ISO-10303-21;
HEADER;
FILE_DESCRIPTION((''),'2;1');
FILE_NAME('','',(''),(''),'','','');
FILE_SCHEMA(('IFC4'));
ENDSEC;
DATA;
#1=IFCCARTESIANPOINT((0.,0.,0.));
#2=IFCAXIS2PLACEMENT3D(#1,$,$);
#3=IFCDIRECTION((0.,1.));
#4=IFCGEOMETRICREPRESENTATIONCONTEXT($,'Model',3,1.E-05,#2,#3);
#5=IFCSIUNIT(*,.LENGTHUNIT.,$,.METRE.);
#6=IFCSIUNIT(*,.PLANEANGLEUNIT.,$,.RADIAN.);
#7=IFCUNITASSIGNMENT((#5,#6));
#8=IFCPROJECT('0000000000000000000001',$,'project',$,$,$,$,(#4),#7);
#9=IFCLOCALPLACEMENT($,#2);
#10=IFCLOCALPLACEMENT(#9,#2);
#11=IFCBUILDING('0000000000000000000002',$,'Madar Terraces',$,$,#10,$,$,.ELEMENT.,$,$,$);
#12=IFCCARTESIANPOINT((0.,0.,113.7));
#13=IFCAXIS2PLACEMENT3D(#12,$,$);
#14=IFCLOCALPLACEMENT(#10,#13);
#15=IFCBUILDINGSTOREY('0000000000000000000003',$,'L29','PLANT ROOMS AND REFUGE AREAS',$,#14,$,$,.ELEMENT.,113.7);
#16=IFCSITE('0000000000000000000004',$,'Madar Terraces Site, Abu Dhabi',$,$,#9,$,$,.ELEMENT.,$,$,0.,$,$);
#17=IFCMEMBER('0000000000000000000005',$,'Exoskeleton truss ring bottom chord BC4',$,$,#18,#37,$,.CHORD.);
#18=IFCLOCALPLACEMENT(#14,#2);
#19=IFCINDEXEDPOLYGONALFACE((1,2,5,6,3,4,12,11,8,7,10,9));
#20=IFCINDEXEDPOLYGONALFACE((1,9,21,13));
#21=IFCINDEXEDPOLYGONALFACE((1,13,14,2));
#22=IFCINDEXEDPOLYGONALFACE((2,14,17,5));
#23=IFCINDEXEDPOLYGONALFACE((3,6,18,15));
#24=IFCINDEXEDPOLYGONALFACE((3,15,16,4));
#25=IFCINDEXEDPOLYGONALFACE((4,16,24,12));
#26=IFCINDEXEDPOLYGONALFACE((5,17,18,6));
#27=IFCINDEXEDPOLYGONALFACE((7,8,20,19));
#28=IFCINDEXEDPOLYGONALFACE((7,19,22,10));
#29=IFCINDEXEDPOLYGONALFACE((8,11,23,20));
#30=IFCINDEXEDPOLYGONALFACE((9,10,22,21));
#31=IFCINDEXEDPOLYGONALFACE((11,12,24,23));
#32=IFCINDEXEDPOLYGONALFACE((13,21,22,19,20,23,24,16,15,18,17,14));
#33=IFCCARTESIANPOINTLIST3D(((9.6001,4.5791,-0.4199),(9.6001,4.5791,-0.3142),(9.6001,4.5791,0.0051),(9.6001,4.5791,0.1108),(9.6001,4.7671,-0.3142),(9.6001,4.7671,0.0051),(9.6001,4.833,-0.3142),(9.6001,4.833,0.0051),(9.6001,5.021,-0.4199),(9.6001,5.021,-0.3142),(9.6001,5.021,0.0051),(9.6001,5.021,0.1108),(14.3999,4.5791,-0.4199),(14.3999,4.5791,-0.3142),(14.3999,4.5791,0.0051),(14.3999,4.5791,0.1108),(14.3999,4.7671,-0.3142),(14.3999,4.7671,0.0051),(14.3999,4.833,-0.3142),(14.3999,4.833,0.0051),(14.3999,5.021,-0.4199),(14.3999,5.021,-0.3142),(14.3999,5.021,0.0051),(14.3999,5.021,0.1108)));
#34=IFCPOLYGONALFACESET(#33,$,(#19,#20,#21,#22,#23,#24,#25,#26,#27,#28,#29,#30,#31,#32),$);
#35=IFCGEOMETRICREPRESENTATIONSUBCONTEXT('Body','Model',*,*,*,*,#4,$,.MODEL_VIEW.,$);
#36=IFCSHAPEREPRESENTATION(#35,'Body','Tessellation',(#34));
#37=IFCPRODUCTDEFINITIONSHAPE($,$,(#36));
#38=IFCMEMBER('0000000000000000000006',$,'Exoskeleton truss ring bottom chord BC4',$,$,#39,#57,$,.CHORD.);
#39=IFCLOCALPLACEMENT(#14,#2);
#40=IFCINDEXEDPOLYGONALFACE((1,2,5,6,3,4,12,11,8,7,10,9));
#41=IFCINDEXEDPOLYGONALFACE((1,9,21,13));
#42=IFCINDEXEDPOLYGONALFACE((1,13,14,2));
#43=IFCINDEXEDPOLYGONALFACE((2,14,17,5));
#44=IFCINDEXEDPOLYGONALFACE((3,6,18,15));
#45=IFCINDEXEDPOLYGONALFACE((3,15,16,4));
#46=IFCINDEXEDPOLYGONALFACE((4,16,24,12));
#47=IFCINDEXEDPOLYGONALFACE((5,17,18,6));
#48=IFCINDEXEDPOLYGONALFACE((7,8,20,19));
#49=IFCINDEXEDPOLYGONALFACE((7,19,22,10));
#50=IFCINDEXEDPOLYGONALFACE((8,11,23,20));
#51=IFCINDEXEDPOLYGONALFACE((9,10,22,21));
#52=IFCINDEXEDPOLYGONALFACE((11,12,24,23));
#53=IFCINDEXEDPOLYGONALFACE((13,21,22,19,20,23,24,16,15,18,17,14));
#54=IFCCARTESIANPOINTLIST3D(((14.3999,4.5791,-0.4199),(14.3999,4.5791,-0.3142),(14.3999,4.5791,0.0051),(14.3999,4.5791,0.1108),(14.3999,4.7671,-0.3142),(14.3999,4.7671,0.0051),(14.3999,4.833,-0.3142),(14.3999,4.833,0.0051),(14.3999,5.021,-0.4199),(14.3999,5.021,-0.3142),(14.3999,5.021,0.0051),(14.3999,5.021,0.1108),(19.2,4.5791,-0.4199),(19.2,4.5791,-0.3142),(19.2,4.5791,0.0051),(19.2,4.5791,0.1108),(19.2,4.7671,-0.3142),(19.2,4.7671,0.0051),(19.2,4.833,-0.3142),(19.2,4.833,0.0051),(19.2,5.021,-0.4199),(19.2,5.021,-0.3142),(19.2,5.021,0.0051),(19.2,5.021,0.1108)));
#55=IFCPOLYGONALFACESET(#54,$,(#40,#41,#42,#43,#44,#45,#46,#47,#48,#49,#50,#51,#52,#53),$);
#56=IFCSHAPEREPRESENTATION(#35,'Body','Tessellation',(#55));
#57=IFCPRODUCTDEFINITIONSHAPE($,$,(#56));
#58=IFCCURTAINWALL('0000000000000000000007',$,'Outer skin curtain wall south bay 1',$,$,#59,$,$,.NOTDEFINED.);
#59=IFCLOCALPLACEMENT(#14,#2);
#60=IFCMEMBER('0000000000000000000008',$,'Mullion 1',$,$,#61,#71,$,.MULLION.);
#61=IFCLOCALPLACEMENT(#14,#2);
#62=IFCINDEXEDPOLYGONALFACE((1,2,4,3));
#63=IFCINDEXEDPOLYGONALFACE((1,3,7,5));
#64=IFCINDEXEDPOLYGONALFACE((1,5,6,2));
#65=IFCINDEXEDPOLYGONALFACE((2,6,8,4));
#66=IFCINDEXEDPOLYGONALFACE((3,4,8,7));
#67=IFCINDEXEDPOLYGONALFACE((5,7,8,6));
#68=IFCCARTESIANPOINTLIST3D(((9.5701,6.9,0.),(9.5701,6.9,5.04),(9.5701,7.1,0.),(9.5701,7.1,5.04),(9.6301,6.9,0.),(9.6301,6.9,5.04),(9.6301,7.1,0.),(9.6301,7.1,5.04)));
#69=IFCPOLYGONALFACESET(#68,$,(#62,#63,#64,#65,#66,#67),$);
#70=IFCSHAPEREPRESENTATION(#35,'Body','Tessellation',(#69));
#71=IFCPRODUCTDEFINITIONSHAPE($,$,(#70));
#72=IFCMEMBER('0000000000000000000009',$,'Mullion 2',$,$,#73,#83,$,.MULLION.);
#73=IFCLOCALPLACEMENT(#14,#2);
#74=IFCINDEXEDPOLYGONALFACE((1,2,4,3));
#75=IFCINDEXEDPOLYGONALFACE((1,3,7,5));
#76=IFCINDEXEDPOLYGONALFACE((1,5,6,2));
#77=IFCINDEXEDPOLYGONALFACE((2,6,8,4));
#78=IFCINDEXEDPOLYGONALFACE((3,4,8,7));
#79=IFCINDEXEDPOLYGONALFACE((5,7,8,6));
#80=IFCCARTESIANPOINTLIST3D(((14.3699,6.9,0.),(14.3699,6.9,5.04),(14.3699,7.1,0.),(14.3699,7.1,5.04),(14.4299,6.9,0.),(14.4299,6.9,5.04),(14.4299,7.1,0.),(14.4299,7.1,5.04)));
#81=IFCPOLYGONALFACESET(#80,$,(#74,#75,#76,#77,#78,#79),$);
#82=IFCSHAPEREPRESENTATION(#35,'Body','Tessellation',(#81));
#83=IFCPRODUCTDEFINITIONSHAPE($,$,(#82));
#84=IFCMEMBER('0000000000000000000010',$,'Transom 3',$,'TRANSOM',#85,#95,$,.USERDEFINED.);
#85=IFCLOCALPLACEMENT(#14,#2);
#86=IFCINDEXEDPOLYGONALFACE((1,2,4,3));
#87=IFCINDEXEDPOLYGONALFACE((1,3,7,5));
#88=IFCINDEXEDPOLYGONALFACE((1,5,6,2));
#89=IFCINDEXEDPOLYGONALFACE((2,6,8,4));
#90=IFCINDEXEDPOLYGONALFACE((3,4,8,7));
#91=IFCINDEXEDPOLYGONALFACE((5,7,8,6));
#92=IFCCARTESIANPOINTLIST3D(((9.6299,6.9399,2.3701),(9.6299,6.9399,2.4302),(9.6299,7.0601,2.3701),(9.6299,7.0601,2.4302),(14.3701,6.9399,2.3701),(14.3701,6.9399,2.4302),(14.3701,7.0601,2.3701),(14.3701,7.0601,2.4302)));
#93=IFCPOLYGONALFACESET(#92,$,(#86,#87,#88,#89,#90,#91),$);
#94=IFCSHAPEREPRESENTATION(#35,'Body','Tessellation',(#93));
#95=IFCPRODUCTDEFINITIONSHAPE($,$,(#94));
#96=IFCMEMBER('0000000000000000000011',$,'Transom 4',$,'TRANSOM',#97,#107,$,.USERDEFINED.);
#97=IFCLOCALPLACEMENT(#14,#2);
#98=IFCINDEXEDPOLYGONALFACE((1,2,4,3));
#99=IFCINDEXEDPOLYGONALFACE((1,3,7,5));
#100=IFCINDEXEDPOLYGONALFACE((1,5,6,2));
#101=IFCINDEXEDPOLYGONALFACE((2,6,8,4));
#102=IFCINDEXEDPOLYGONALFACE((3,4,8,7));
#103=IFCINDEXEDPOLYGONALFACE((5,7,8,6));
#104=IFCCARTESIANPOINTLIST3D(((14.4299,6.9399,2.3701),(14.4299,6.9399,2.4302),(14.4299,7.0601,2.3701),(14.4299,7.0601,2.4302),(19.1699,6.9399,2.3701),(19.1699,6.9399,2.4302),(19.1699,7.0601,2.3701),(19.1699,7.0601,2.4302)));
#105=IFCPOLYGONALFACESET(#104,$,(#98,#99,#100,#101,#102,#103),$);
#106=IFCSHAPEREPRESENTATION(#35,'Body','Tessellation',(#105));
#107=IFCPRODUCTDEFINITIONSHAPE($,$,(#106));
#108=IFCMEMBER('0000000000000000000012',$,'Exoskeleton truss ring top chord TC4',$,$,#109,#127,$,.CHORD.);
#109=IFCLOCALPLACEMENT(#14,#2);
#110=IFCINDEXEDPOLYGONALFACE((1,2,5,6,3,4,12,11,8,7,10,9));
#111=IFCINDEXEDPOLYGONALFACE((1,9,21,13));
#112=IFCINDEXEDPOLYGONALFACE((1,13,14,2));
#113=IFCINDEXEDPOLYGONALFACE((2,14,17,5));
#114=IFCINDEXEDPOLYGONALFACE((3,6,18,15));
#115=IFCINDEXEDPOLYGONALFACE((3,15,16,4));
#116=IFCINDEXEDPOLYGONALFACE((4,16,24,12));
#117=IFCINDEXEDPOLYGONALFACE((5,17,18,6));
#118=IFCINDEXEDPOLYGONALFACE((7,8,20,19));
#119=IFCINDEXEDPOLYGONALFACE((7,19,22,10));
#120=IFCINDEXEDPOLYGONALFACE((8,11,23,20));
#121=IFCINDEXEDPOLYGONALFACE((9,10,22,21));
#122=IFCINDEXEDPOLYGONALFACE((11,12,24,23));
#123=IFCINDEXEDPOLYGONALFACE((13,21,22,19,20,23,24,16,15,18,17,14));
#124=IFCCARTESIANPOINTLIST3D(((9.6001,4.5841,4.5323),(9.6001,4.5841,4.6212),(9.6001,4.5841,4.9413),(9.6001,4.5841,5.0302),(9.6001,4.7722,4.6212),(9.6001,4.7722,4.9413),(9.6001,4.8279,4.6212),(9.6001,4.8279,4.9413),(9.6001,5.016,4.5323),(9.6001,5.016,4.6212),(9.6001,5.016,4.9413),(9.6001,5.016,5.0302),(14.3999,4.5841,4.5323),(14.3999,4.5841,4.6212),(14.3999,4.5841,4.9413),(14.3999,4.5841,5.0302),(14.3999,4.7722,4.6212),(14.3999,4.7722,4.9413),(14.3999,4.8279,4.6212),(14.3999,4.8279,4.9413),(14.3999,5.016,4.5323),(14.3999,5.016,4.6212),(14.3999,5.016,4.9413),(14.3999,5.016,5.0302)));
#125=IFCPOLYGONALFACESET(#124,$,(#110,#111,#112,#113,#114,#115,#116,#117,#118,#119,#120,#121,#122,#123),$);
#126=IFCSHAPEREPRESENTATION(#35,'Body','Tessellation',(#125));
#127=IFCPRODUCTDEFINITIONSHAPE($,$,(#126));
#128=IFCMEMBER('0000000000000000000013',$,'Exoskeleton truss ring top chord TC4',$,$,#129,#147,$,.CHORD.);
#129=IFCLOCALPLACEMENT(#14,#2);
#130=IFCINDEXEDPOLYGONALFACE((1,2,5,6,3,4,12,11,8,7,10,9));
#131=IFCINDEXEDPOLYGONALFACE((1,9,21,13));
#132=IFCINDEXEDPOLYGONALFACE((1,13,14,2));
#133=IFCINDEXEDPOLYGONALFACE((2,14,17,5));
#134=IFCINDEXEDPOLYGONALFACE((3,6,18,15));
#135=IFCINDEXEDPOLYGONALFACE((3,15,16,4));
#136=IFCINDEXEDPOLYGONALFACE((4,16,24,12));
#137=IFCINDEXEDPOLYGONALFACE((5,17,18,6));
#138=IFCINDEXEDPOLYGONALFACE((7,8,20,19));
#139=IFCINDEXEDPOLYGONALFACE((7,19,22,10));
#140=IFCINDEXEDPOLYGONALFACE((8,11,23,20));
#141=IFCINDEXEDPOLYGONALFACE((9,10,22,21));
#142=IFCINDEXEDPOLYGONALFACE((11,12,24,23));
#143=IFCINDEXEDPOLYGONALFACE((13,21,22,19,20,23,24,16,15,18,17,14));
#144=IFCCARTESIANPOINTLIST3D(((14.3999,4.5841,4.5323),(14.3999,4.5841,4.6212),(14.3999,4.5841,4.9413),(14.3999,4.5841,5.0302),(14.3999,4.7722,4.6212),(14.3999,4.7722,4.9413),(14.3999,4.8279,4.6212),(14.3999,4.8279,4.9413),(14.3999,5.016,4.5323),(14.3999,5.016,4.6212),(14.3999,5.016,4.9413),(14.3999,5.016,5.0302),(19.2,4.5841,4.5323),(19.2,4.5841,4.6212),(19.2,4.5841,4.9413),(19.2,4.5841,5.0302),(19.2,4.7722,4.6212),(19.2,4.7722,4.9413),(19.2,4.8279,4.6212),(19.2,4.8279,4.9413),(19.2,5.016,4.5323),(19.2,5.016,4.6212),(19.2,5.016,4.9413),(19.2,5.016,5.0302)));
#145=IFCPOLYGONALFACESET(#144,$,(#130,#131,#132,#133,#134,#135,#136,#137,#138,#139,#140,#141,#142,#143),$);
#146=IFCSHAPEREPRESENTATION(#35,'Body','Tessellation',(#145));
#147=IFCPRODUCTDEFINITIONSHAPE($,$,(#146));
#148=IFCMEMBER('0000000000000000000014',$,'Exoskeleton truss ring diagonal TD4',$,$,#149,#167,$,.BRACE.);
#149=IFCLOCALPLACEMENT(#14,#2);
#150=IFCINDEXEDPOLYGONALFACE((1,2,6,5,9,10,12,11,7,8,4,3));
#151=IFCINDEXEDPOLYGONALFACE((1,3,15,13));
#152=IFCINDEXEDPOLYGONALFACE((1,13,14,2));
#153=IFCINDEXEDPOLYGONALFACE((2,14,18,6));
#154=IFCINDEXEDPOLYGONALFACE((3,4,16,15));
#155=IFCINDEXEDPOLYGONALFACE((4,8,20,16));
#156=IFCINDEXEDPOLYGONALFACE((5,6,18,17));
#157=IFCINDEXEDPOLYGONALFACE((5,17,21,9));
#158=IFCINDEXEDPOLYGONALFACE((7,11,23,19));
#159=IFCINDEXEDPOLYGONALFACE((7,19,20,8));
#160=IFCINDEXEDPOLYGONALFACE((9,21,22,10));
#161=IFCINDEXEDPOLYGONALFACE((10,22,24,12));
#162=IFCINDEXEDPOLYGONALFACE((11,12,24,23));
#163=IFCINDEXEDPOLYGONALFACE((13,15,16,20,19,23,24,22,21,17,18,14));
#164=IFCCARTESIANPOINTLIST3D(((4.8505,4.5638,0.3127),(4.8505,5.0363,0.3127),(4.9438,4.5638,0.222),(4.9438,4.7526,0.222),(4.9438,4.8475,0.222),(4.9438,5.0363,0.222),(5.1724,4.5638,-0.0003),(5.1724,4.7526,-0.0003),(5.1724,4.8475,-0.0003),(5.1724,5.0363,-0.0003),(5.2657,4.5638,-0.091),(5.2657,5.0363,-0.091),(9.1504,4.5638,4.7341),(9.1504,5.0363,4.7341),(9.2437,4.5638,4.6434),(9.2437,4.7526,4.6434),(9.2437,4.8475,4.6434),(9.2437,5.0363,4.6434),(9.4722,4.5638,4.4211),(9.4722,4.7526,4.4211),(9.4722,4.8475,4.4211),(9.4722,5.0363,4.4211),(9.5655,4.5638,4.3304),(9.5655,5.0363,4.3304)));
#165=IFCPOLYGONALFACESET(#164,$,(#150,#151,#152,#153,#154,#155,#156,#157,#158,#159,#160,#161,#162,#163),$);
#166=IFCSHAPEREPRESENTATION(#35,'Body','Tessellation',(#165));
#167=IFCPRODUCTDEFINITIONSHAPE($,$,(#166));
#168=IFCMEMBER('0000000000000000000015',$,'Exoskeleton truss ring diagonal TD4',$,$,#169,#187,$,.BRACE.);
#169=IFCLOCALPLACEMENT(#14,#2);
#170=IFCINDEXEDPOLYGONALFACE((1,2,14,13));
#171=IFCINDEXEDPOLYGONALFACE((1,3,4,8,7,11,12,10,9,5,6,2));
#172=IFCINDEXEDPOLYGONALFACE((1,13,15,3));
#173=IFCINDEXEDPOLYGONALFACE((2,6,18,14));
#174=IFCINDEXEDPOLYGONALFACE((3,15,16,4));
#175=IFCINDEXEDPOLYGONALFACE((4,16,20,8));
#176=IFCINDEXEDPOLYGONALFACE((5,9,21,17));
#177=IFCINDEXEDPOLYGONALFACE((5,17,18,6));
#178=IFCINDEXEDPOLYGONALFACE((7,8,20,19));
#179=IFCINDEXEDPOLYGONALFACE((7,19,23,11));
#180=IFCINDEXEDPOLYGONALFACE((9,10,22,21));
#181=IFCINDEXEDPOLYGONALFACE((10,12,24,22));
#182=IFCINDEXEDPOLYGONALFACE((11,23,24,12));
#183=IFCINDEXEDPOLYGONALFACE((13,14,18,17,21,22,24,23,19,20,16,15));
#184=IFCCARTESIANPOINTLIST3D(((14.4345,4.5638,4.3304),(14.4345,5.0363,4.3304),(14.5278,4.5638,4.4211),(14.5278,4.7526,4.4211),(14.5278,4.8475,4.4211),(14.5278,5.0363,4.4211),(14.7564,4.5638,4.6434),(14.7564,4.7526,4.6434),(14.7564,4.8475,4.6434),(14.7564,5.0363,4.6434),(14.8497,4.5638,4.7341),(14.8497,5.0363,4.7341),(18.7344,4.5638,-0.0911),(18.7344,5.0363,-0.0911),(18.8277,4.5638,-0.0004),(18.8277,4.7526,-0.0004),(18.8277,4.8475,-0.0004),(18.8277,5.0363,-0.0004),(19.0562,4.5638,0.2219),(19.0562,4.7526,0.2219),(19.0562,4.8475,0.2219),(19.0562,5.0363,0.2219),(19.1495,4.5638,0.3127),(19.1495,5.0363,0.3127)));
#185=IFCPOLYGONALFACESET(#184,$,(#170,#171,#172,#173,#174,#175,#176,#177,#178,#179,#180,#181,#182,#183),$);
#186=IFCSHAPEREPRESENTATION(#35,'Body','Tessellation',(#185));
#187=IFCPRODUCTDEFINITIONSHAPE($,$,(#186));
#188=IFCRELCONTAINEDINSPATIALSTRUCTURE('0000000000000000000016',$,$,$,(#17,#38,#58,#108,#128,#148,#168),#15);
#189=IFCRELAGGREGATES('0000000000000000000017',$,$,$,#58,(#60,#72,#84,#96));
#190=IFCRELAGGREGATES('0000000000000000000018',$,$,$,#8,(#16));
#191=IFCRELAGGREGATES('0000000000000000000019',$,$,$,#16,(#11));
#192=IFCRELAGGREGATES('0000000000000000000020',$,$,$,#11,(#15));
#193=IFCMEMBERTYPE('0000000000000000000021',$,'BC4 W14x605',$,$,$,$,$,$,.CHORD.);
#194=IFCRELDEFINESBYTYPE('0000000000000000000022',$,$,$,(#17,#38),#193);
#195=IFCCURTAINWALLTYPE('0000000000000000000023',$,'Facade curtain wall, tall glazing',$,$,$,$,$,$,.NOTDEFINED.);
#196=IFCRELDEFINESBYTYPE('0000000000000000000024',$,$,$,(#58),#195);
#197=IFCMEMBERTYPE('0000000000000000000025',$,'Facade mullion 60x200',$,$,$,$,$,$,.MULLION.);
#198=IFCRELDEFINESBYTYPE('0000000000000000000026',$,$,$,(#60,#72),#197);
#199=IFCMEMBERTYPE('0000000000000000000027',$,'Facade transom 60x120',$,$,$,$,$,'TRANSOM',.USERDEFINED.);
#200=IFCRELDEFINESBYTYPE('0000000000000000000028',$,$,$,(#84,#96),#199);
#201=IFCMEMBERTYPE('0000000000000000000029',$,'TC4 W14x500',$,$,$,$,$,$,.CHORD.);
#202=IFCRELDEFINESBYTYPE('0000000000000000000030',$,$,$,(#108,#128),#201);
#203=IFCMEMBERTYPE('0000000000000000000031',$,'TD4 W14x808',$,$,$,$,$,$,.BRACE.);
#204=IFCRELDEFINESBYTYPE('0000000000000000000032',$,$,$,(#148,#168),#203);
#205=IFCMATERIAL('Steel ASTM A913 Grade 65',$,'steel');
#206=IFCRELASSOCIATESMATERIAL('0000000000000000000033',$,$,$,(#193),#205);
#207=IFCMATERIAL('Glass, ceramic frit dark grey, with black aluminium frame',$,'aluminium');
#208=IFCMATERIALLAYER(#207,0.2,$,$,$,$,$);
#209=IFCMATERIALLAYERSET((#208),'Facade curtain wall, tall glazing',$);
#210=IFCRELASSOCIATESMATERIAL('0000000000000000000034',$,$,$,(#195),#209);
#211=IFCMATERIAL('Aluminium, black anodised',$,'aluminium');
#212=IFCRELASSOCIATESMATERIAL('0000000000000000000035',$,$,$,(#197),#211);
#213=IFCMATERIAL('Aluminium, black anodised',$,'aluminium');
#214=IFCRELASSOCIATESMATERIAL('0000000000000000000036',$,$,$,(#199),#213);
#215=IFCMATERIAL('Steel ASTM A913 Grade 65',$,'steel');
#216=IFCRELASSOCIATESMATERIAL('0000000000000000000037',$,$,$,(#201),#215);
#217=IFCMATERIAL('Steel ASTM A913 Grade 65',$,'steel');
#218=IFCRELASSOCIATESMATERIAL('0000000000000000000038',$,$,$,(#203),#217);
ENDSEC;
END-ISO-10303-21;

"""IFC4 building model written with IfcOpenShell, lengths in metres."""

from ifc_helpers import new_model, si_unit, direction, frame, origin, origin_2d, place, context, subcontext, project, spatial, rectangle, i_section, extrude, material, layer, layer_set, material_profile, profile_set, type_object, element, aggregate, save


model = new_model("IFC4")

# Units and contexts
model_context = context("Model", 3, precision=1e-05, world=origin(), true_north=direction((0.0, 1.0)))
body_context = subcontext(model_context, "Body", "Model", "MODEL_VIEW")
ifc_project = project(units=[si_unit("LENGTHUNIT", "METRE"), si_unit("PLANEANGLEUNIT", "RADIAN")], contexts=[model_context])

# Site, building, storey
site_placement = place(None, origin())
site = spatial("IfcSite", under=ifc_project, at=site_placement, Name="Madar Terraces Site, Abu Dhabi", CompositionType="ELEMENT", RefElevation=0.0)
building_placement = place(site_placement, origin())
building = spatial("IfcBuilding", under=site, at=building_placement, Name="Madar Terraces", CompositionType="ELEMENT")
storey_placement = place(building_placement, frame((0.0, 0.0, 113.7)))
storey = spatial("IfcBuildingStorey", under=building, at=storey_placement, Name="L29", Description="PLANT ROOMS AND REFUGE AREAS", CompositionType="ELEMENT", Elevation=113.7)

# Members
ifc_material_1 = material(Name="Steel ASTM A913 Grade 65", Category="steel")
ifc_material_profile_1 = material_profile(ifc_material_1, i_section(OverallWidth=0.4419, OverallDepth=0.5308, WebThickness=0.0659, FlangeThickness=0.1057, at=origin_2d()), Name="W14x605")
ifc_profile_set_1 = profile_set([ifc_material_profile_1], Name="Steel ASTM A913 Grade 65")
member_type_1 = type_object("IfcMemberType", Name="BC4 W14x605", PredefinedType="CHORD", material=ifc_profile_set_1)
member_1_placement = place(storey_placement, frame((9.6001, 4.8, -0.1545), z_axis=(1.0, 0.0, 0.0), x_axis=(0.0, 1.0, 0.0)))
element("IfcMember", 1, at=member_1_placement, inside=storey, type_object=member_type_1, Name="Exoskeleton truss ring bottom chord BC4", PredefinedType="CHORD", context=body_context, shape_type="SweptSolid", body=[
    extrude(i_section(OverallWidth=0.4419, OverallDepth=0.5308, WebThickness=0.0659, FlangeThickness=0.1057, at=origin_2d()), origin(), (0.0, 0.0, 1.0), 4.7998),
])
member_2_placement = place(storey_placement, frame((14.3999, 4.8, -0.1545), z_axis=(1.0, 0.0, 0.0), x_axis=(0.0, 1.0, 0.0)))
element("IfcMember", 2, at=member_2_placement, inside=storey, type_object=member_type_1, Name="Exoskeleton truss ring bottom chord BC4", PredefinedType="CHORD", context=body_context, shape_type="SweptSolid", body=[
    extrude(i_section(OverallWidth=0.4419, OverallDepth=0.5308, WebThickness=0.0659, FlangeThickness=0.1057, at=origin_2d()), origin(), (0.0, 0.0, 1.0), 4.8),
])

# Curtain wall, members
ifc_material_2 = material(Name="Glass, ceramic frit dark grey, with black aluminium frame", Category="aluminium")
ifc_layer_1 = layer(ifc_material_2, 0.2)
ifc_layer_set_1 = layer_set([ifc_layer_1], Name="Facade curtain wall, tall glazing")
curtain_wall_type = type_object("IfcCurtainWallType", Name="Facade curtain wall, tall glazing", PredefinedType="NOTDEFINED", material=ifc_layer_set_1)
curtain_wall_placement = place(storey_placement, origin())
curtain_wall = element("IfcCurtainWall", 3, at=curtain_wall_placement, inside=storey, type_object=curtain_wall_type, Name="Outer skin curtain wall south bay 1", PredefinedType="NOTDEFINED")
ifc_material_3 = material(Name="Aluminium, black anodised", Category="aluminium")
ifc_material_profile_2 = material_profile(ifc_material_3, rectangle(XDim=0.2, YDim=0.0601, at=origin_2d()), Name="Facade mullion 60x200")
ifc_profile_set_2 = profile_set([ifc_material_profile_2], Name="Aluminium, black anodised")
member_type_2 = type_object("IfcMemberType", Name="Facade mullion 60x200", PredefinedType="MULLION", material=ifc_profile_set_2)
member_3_placement = place(storey_placement, frame((9.6001, 7.0, 0.0), z_axis=(0.0, 0.0, 1.0), x_axis=(0.0, 1.0, 0.0)))
member_3 = element("IfcMember", 4, at=member_3_placement, type_object=member_type_2, Name="Mullion 1", PredefinedType="MULLION", context=body_context, shape_type="SweptSolid", body=[
    extrude(rectangle(XDim=0.2, YDim=0.0601, at=origin_2d()), origin(), (0.0, 0.0, 1.0), 5.04),
])
member_4_placement = place(storey_placement, frame((14.3999, 7.0, 0.0), z_axis=(0.0, 0.0, 1.0), x_axis=(0.0, 1.0, 0.0)))
member_4 = element("IfcMember", 5, at=member_4_placement, type_object=member_type_2, Name="Mullion 2", PredefinedType="MULLION", context=body_context, shape_type="SweptSolid", body=[
    extrude(rectangle(XDim=0.2, YDim=0.0601, at=origin_2d()), origin(), (0.0, 0.0, 1.0), 5.04),
])
ifc_material_4 = material(Name="Aluminium, black anodised", Category="aluminium")
ifc_material_profile_3 = material_profile(ifc_material_4, rectangle(XDim=0.1201, YDim=0.0601, at=origin_2d()), Name="Facade transom 60x120")
ifc_profile_set_3 = profile_set([ifc_material_profile_3], Name="Aluminium, black anodised")
member_type_3 = type_object("IfcMemberType", Name="Facade transom 60x120", ElementType="TRANSOM", PredefinedType="USERDEFINED", material=ifc_profile_set_3)
member_5_placement = place(storey_placement, frame((9.6299, 7.0, 2.4001), z_axis=(1.0, 0.0, 0.0), x_axis=(0.0, 1.0, 0.0)))
member_5 = element("IfcMember", 6, at=member_5_placement, type_object=member_type_3, Name="Transom 3", ObjectType="TRANSOM", PredefinedType="USERDEFINED", context=body_context, shape_type="SweptSolid", body=[
    extrude(rectangle(XDim=0.1201, YDim=0.0601, at=origin_2d()), origin(), (0.0, 0.0, 1.0), 4.7402),
])
member_6_placement = place(storey_placement, frame((14.4299, 7.0, 2.4001), z_axis=(1.0, 0.0, 0.0), x_axis=(0.0, 1.0, 0.0)))
member_6 = element("IfcMember", 7, at=member_6_placement, type_object=member_type_3, Name="Transom 4", ObjectType="TRANSOM", PredefinedType="USERDEFINED", context=body_context, shape_type="SweptSolid", body=[
    extrude(rectangle(XDim=0.1201, YDim=0.0601, at=origin_2d()), origin(), (0.0, 0.0, 1.0), 4.74),
])

# Members
ifc_material_5 = material(Name="Steel ASTM A913 Grade 65", Category="steel")
ifc_material_profile_4 = material_profile(ifc_material_5, i_section(OverallWidth=0.4319, OverallDepth=0.4978, WebThickness=0.0557, FlangeThickness=0.0889, at=origin_2d()), Name="W14x500")
ifc_profile_set_4 = profile_set([ifc_material_profile_4], Name="Steel ASTM A913 Grade 65")
member_type_4 = type_object("IfcMemberType", Name="TC4 W14x500", PredefinedType="CHORD", material=ifc_profile_set_4)
member_7_placement = place(storey_placement, frame((9.6001, 4.8, 4.7812), z_axis=(1.0, 0.0, 0.0), x_axis=(0.0, 1.0, 0.0)))
element("IfcMember", 8, at=member_7_placement, inside=storey, type_object=member_type_4, Name="Exoskeleton truss ring top chord TC4", PredefinedType="CHORD", context=body_context, shape_type="SweptSolid", body=[
    extrude(i_section(OverallWidth=0.4319, OverallDepth=0.4978, WebThickness=0.0557, FlangeThickness=0.0889, at=origin_2d()), origin(), (0.0, 0.0, 1.0), 4.7998),
])
member_8_placement = place(storey_placement, frame((14.3999, 4.8, 4.7812), z_axis=(1.0, 0.0, 0.0), x_axis=(0.0, 1.0, 0.0)))
element("IfcMember", 9, at=member_8_placement, inside=storey, type_object=member_type_4, Name="Exoskeleton truss ring top chord TC4", PredefinedType="CHORD", context=body_context, shape_type="SweptSolid", body=[
    extrude(i_section(OverallWidth=0.4319, OverallDepth=0.4978, WebThickness=0.0557, FlangeThickness=0.0889, at=origin_2d()), origin(), (0.0, 0.0, 1.0), 4.8),
])
ifc_material_6 = material(Name="Steel ASTM A913 Grade 65", Category="steel")
ifc_material_profile_5 = material_profile(ifc_material_6, i_section(OverallWidth=0.4724, OverallDepth=0.5791, WebThickness=0.095, FlangeThickness=0.1301, at=origin_2d()), Name="W14x808")
ifc_profile_set_5 = profile_set([ifc_material_profile_5], Name="Steel ASTM A913 Grade 65")
member_type_5 = type_object("IfcMemberType", Name="TD4 W14x808", PredefinedType="BRACE", material=ifc_profile_set_5)
for number, where, z_axis, x_axis, name in (
    (10, (5.0581, 4.8, 0.1108), (0.697181, 0.0, 0.716895), (0.0, 1.0, 0.0), "Exoskeleton truss ring diagonal TD4"),
    (11, (14.6421, 4.8, 4.5322), (0.697181, 0.0, -0.716895), (0.0, 1.0, 0.0), "Exoskeleton truss ring diagonal TD4"),
):
    element("IfcMember", number, at=place(storey_placement, frame(where, z_axis=z_axis, x_axis=x_axis)), inside=storey, type_object=member_type_5, Name=name, PredefinedType="BRACE", context=body_context, shape_type="SweptSolid", body=[
        extrude(i_section(OverallWidth=0.4724, OverallDepth=0.5791, WebThickness=0.095, FlangeThickness=0.1301, at=origin_2d()), origin(), (0.0, 0.0, 1.0), 6.1675),
    ])

aggregate(curtain_wall, [member_3, member_4, member_5, member_6])

save(model, "model.ifc")
